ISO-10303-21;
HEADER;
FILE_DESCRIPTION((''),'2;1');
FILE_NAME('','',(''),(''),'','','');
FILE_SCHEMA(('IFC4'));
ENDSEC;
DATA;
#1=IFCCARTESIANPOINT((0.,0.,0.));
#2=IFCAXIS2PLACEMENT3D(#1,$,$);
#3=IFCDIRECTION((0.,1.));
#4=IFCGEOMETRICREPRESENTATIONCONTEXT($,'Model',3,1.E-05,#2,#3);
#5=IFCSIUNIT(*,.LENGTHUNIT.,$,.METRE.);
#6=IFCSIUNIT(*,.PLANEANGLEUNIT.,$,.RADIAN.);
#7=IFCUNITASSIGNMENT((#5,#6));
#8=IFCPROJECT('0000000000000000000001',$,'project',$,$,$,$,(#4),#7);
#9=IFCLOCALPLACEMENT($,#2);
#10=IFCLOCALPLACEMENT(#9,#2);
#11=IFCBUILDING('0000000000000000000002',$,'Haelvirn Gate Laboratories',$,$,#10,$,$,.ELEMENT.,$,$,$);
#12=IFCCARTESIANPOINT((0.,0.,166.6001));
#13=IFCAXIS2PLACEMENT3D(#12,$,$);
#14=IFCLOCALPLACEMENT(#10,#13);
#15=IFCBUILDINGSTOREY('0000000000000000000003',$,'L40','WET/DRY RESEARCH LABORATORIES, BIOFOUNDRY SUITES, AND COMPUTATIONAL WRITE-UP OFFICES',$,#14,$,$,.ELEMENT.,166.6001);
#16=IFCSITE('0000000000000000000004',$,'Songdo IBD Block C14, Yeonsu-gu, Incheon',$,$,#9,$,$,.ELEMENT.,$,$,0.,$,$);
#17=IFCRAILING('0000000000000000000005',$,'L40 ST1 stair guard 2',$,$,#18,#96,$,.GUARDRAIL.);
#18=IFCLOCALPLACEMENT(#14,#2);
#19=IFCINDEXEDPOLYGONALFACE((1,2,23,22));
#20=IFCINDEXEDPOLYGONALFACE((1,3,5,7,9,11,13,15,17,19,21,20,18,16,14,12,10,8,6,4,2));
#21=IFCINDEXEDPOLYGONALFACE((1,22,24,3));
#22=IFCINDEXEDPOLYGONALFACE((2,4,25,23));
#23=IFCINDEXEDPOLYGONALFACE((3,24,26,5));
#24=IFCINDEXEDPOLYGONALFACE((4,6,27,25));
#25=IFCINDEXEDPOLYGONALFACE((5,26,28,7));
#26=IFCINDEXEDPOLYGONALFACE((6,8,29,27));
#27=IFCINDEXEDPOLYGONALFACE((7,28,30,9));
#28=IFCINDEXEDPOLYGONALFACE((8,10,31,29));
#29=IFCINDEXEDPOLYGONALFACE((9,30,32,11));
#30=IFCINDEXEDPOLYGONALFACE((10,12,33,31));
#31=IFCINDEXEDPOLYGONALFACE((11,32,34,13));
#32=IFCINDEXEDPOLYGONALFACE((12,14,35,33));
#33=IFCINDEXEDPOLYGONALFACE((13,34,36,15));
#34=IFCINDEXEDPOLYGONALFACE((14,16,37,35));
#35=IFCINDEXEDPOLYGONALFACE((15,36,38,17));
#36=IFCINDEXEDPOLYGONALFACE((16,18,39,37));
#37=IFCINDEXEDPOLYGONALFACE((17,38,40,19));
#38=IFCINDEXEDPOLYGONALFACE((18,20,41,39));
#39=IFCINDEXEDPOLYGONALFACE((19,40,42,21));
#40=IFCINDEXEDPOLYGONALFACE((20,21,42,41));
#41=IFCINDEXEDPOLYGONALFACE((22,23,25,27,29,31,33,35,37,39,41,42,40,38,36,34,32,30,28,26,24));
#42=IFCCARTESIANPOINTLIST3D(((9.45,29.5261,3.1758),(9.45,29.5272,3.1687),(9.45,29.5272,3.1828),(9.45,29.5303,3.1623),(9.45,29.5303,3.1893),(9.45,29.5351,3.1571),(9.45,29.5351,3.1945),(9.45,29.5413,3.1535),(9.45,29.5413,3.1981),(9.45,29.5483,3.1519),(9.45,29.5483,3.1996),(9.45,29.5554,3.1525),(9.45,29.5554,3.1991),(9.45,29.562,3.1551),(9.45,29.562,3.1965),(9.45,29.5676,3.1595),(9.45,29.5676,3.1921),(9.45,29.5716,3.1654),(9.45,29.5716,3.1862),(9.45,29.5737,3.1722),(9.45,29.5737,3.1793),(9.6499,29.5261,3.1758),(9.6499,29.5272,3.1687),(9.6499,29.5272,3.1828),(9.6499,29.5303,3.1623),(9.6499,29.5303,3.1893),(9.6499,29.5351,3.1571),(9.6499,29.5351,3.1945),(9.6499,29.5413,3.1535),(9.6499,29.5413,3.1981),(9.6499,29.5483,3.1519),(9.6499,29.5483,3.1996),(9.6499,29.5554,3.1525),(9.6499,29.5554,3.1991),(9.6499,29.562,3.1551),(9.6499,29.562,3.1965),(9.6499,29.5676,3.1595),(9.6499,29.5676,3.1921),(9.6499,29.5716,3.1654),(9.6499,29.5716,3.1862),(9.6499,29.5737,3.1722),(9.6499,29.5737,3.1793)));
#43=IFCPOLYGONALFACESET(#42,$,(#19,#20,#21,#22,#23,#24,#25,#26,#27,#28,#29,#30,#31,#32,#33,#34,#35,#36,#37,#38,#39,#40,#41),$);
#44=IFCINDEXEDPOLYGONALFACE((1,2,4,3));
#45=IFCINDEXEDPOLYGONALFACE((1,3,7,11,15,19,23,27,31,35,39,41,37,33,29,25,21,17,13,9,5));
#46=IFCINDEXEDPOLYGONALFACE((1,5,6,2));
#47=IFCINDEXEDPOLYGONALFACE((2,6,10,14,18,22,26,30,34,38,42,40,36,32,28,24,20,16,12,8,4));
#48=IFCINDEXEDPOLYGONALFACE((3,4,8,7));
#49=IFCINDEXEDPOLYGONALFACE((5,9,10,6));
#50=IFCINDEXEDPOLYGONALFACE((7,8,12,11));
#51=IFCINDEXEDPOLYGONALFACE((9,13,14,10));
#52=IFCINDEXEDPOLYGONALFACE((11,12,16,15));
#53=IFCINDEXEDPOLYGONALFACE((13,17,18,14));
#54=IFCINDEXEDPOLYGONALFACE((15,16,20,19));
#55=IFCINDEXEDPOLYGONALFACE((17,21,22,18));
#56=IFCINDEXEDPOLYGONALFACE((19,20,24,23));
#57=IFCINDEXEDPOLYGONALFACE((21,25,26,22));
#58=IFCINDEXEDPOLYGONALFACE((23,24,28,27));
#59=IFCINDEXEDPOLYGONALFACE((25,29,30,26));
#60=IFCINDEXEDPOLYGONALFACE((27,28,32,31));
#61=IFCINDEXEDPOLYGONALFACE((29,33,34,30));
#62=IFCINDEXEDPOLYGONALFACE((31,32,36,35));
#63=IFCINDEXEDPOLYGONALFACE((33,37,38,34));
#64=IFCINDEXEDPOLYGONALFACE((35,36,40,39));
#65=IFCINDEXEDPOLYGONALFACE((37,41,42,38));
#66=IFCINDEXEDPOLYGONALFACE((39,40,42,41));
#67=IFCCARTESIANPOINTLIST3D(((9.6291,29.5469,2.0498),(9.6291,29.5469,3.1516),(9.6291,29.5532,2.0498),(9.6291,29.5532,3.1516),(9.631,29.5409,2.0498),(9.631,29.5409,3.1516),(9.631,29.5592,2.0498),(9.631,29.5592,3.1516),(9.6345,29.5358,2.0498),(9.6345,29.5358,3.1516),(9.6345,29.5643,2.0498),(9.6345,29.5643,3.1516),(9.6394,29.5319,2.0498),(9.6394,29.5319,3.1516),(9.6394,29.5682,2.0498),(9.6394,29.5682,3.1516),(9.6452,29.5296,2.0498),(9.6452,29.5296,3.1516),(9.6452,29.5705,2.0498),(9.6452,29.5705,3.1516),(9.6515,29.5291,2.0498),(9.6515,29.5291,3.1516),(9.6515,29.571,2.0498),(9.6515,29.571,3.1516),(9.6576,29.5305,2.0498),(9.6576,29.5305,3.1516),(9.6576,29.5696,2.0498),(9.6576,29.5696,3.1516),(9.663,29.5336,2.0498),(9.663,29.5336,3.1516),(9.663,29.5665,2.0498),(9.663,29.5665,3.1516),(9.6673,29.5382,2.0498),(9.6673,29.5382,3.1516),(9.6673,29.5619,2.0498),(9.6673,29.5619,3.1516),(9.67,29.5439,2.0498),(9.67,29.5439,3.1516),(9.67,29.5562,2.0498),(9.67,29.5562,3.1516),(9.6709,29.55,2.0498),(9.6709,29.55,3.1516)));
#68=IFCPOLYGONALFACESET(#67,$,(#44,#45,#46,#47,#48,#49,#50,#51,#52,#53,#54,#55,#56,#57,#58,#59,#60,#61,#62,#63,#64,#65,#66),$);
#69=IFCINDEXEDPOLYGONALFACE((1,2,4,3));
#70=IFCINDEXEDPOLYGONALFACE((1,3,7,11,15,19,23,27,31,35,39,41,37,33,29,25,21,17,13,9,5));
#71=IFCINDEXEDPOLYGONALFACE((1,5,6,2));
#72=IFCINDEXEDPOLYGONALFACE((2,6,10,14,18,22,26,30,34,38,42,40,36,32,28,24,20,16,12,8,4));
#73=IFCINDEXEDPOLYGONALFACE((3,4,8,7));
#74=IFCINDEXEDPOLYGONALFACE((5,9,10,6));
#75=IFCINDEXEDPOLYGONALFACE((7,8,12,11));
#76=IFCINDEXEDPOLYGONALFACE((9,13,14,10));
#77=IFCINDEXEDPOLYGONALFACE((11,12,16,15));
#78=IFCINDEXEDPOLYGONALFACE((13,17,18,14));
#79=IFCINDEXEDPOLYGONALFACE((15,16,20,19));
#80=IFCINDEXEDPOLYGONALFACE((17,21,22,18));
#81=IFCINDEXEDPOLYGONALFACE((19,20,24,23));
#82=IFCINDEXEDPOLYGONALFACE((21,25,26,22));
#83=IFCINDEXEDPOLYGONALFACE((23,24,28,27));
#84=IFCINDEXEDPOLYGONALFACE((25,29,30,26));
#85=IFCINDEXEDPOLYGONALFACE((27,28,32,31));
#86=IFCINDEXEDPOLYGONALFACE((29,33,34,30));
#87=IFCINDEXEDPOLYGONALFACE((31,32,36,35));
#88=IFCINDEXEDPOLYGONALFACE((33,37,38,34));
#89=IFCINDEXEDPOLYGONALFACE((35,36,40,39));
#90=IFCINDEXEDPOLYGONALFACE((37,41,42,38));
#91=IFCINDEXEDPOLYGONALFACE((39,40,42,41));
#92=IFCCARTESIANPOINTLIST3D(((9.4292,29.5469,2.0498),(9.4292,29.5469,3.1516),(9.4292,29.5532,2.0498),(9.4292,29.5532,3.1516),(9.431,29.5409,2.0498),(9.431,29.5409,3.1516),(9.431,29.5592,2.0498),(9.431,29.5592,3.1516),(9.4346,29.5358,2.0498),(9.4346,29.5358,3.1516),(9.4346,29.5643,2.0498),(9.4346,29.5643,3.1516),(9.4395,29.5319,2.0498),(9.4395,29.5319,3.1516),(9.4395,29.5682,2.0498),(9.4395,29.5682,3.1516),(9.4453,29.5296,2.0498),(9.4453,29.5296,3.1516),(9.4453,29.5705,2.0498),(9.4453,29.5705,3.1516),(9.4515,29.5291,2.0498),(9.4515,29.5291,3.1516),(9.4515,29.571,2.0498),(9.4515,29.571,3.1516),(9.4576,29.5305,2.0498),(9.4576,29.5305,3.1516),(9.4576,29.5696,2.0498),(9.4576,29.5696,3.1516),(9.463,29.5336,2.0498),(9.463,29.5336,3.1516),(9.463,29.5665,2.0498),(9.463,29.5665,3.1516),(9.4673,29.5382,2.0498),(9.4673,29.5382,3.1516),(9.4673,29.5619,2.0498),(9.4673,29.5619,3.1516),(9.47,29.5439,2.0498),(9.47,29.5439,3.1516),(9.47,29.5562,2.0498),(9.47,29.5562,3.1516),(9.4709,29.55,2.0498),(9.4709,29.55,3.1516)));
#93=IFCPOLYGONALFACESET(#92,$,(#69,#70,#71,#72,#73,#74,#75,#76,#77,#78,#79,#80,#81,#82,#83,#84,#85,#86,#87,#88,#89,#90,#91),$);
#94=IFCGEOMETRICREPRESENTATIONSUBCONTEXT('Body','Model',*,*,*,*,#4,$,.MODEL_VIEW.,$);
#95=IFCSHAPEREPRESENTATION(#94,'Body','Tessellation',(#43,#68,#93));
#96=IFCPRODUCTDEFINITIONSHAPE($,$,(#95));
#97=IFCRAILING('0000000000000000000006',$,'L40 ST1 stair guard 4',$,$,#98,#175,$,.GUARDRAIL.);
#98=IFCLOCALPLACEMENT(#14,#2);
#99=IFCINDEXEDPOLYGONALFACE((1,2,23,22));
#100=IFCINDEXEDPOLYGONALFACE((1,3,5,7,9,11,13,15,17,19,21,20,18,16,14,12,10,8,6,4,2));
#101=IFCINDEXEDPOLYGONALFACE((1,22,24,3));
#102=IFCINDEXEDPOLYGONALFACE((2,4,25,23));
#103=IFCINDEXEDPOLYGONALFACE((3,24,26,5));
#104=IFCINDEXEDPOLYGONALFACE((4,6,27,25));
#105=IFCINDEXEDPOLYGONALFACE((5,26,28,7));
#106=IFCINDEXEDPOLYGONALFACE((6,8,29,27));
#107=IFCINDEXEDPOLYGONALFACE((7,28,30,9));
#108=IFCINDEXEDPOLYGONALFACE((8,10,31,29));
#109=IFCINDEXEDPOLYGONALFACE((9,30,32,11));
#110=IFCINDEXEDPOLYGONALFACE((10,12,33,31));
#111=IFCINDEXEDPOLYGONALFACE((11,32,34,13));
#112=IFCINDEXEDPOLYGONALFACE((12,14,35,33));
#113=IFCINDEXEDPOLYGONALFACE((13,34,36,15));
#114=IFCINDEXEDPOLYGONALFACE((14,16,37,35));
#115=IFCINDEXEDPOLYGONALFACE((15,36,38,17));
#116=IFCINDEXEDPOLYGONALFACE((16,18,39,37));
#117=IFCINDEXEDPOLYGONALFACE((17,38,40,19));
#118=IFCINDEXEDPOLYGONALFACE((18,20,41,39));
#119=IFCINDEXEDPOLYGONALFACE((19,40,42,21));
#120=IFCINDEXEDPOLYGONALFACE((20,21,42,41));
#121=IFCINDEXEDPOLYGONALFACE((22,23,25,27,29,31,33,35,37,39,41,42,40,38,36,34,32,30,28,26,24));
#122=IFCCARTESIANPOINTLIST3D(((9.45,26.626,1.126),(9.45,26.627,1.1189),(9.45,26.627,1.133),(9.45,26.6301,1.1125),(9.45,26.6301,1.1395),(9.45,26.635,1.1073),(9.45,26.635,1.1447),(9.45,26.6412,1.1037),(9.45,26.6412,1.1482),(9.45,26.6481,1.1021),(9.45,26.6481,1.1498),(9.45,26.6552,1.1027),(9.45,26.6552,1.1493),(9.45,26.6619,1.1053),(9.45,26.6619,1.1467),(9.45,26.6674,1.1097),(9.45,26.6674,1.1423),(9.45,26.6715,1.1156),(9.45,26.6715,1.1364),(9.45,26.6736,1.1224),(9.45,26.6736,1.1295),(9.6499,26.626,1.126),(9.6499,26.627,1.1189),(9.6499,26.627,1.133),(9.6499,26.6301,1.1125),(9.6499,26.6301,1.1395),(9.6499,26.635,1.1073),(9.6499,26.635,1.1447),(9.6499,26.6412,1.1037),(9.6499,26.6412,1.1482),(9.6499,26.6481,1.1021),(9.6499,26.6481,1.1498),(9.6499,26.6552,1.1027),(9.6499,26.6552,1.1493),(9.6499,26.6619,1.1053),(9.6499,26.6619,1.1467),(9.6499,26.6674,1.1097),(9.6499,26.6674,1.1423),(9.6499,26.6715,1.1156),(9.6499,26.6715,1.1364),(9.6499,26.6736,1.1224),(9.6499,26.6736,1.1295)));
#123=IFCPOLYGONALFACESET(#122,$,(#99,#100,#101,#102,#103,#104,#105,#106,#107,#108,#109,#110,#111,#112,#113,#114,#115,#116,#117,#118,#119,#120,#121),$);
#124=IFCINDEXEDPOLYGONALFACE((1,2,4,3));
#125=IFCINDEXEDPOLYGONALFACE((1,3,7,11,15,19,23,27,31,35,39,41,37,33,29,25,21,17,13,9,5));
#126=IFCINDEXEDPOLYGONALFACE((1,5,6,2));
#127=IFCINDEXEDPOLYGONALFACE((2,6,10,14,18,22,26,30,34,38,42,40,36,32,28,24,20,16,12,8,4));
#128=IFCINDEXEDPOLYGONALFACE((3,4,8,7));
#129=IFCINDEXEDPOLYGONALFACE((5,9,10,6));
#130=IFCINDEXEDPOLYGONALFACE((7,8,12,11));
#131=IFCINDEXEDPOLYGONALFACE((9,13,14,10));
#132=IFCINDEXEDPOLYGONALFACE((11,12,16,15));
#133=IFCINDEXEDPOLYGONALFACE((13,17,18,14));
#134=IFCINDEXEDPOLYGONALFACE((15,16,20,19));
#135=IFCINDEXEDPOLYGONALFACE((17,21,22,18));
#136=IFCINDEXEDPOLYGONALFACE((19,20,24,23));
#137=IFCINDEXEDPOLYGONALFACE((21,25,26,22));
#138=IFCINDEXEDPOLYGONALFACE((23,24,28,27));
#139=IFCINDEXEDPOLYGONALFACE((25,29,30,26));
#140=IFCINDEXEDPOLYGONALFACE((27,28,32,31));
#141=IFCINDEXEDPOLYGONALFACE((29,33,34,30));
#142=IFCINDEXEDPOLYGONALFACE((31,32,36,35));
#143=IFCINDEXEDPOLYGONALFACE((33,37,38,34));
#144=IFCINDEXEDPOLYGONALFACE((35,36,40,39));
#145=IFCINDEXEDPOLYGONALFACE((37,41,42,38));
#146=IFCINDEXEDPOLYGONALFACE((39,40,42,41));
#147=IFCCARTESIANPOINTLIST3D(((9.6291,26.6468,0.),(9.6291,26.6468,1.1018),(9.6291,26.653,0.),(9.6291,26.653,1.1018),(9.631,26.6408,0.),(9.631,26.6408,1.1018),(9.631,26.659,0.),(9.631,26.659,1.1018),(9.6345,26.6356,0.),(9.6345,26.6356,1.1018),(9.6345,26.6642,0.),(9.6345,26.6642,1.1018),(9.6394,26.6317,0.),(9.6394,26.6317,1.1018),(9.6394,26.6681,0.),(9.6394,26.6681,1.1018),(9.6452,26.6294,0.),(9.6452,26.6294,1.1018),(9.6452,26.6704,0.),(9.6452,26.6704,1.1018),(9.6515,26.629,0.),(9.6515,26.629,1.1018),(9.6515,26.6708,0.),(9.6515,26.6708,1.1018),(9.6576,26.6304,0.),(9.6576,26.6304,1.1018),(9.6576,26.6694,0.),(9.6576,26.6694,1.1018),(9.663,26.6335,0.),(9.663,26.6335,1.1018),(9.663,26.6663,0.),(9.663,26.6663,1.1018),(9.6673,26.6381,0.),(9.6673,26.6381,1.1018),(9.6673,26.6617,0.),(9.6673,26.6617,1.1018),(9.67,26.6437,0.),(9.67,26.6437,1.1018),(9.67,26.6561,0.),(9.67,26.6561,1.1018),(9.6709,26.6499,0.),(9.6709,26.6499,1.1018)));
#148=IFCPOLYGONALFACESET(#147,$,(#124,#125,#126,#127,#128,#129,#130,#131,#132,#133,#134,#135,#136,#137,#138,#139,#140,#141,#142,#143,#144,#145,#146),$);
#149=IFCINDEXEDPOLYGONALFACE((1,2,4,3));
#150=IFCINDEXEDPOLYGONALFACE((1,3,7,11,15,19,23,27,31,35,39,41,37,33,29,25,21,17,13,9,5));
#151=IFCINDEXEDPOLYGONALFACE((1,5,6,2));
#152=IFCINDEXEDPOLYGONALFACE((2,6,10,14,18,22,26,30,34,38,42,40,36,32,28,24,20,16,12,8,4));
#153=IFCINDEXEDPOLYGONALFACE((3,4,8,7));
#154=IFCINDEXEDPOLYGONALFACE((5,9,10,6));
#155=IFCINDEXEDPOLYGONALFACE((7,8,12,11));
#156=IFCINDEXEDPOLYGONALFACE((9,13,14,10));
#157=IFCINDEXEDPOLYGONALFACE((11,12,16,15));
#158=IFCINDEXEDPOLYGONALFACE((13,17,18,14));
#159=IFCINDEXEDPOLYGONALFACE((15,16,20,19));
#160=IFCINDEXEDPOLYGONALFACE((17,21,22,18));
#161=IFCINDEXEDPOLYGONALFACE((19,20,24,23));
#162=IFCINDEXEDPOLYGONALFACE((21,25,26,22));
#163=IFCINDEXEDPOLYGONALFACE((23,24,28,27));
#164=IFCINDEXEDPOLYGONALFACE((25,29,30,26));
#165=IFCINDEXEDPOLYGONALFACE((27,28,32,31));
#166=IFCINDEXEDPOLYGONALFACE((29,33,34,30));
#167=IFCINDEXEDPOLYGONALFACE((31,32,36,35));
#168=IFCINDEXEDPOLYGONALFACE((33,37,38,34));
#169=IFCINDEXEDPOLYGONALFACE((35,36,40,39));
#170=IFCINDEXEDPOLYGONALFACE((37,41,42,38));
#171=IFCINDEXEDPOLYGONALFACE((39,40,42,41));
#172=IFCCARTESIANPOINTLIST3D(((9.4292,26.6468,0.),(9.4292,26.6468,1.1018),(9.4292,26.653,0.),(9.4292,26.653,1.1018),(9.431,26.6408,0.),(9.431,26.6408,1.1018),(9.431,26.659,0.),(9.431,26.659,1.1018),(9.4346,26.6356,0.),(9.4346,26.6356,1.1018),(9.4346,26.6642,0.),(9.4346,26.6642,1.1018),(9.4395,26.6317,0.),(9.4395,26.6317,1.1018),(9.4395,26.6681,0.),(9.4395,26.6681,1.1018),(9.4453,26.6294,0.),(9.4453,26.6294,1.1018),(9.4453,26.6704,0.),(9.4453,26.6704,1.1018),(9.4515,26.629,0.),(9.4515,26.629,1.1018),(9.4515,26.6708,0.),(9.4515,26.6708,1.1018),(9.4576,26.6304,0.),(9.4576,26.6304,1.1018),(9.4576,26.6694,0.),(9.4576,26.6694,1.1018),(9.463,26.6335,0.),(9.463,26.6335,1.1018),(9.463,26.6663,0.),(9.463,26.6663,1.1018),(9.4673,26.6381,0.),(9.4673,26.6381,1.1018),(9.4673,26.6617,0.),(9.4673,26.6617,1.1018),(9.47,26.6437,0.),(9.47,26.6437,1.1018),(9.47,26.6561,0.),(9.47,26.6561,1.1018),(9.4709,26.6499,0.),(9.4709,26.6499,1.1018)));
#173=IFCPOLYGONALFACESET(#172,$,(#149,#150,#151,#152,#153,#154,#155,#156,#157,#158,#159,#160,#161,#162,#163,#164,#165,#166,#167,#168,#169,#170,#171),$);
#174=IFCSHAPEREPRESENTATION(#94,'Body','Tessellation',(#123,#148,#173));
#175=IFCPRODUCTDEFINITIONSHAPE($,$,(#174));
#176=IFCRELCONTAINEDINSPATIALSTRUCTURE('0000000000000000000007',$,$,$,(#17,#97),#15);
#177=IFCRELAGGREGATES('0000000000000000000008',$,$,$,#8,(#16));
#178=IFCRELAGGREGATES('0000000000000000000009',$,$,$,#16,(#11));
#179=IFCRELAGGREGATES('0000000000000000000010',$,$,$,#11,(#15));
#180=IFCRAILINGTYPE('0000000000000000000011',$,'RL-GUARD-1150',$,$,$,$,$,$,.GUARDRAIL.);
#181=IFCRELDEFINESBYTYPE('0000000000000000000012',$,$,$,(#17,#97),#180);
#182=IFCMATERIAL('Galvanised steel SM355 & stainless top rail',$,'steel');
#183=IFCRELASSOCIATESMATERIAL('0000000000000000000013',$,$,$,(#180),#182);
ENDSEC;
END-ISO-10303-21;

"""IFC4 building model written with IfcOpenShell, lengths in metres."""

from ifc_helpers import new_model, si_unit, direction, frame, origin, origin_2d, place, context, subcontext, project, spatial, circle, extrude, source, transform, mapped, material, type_object, element, save


model = new_model("IFC4")

# Units and contexts
model_context = context("Model", 3, precision=1e-05, world=origin(), true_north=direction((0.0, 1.0)))
body_context = subcontext(model_context, "Body", "Model", "MODEL_VIEW")
ifc_project = project(units=[si_unit("LENGTHUNIT", "METRE"), si_unit("PLANEANGLEUNIT", "RADIAN")], contexts=[model_context])

# Site, building, storey
site_placement = place(None, origin())
site = spatial("IfcSite", under=ifc_project, at=site_placement, Name="Songdo IBD Block C14, Yeonsu-gu, Incheon", CompositionType="ELEMENT", RefElevation=0.0)
building_placement = place(site_placement, origin())
building = spatial("IfcBuilding", under=site, at=building_placement, Name="Haelvirn Gate Laboratories", CompositionType="ELEMENT")
storey_placement = place(building_placement, frame((0.0, 0.0, 166.6001)))
storey = spatial("IfcBuildingStorey", under=building, at=storey_placement, Name="L40", Description="WET/DRY RESEARCH LABORATORIES, BIOFOUNDRY SUITES, AND COMPUTATIONAL WRITE-UP OFFICES", CompositionType="ELEMENT", Elevation=166.6001)

# Railings
ifc_material_1 = material(Name="Galvanised steel SM355 & stainless top rail", Category="steel")
railing_type_1 = type_object("IfcRailingType", Name="RL-GUARD-1150", PredefinedType="GUARDRAIL", material=ifc_material_1)
shared_shape_1 = source(origin(), body_context, "Body", "SweptSolid", [
    extrude(circle(Radius=0.0239, at=origin_2d()), frame((0.0, 0.0, 1.126), z_axis=(-1.0, 0.0, 0.0), x_axis=(0.0, -1.0, 0.0)), (0.0, 0.0, 1.0), 0.2),
    extrude(circle(Radius=0.021, at=origin_2d()), origin(), (0.0, 0.0, 1.0), 1.1018),
    extrude(circle(Radius=0.021, at=origin_2d()), frame((-0.2, 0.0, 0.0)), (0.0, 0.0, 1.0), 1.1018),
])
for number, where, name in (
    (1, (9.6499, 29.55, 2.0498), "L40 ST1 stair guard 2"),
    (2, (9.6499, 26.6499, 0.0), "L40 ST1 stair guard 4"),
):
    element("IfcRailing", number, at=place(storey_placement, frame(where)), inside=storey, type_object=railing_type_1, Name=name, PredefinedType="GUARDRAIL", context=body_context, shape_type="MappedRepresentation", body=[
        mapped(shared_shape_1, transform((0.0, 0.0, 0.0), scale=1.0)),
    ])

save(model, "model.ifc")
